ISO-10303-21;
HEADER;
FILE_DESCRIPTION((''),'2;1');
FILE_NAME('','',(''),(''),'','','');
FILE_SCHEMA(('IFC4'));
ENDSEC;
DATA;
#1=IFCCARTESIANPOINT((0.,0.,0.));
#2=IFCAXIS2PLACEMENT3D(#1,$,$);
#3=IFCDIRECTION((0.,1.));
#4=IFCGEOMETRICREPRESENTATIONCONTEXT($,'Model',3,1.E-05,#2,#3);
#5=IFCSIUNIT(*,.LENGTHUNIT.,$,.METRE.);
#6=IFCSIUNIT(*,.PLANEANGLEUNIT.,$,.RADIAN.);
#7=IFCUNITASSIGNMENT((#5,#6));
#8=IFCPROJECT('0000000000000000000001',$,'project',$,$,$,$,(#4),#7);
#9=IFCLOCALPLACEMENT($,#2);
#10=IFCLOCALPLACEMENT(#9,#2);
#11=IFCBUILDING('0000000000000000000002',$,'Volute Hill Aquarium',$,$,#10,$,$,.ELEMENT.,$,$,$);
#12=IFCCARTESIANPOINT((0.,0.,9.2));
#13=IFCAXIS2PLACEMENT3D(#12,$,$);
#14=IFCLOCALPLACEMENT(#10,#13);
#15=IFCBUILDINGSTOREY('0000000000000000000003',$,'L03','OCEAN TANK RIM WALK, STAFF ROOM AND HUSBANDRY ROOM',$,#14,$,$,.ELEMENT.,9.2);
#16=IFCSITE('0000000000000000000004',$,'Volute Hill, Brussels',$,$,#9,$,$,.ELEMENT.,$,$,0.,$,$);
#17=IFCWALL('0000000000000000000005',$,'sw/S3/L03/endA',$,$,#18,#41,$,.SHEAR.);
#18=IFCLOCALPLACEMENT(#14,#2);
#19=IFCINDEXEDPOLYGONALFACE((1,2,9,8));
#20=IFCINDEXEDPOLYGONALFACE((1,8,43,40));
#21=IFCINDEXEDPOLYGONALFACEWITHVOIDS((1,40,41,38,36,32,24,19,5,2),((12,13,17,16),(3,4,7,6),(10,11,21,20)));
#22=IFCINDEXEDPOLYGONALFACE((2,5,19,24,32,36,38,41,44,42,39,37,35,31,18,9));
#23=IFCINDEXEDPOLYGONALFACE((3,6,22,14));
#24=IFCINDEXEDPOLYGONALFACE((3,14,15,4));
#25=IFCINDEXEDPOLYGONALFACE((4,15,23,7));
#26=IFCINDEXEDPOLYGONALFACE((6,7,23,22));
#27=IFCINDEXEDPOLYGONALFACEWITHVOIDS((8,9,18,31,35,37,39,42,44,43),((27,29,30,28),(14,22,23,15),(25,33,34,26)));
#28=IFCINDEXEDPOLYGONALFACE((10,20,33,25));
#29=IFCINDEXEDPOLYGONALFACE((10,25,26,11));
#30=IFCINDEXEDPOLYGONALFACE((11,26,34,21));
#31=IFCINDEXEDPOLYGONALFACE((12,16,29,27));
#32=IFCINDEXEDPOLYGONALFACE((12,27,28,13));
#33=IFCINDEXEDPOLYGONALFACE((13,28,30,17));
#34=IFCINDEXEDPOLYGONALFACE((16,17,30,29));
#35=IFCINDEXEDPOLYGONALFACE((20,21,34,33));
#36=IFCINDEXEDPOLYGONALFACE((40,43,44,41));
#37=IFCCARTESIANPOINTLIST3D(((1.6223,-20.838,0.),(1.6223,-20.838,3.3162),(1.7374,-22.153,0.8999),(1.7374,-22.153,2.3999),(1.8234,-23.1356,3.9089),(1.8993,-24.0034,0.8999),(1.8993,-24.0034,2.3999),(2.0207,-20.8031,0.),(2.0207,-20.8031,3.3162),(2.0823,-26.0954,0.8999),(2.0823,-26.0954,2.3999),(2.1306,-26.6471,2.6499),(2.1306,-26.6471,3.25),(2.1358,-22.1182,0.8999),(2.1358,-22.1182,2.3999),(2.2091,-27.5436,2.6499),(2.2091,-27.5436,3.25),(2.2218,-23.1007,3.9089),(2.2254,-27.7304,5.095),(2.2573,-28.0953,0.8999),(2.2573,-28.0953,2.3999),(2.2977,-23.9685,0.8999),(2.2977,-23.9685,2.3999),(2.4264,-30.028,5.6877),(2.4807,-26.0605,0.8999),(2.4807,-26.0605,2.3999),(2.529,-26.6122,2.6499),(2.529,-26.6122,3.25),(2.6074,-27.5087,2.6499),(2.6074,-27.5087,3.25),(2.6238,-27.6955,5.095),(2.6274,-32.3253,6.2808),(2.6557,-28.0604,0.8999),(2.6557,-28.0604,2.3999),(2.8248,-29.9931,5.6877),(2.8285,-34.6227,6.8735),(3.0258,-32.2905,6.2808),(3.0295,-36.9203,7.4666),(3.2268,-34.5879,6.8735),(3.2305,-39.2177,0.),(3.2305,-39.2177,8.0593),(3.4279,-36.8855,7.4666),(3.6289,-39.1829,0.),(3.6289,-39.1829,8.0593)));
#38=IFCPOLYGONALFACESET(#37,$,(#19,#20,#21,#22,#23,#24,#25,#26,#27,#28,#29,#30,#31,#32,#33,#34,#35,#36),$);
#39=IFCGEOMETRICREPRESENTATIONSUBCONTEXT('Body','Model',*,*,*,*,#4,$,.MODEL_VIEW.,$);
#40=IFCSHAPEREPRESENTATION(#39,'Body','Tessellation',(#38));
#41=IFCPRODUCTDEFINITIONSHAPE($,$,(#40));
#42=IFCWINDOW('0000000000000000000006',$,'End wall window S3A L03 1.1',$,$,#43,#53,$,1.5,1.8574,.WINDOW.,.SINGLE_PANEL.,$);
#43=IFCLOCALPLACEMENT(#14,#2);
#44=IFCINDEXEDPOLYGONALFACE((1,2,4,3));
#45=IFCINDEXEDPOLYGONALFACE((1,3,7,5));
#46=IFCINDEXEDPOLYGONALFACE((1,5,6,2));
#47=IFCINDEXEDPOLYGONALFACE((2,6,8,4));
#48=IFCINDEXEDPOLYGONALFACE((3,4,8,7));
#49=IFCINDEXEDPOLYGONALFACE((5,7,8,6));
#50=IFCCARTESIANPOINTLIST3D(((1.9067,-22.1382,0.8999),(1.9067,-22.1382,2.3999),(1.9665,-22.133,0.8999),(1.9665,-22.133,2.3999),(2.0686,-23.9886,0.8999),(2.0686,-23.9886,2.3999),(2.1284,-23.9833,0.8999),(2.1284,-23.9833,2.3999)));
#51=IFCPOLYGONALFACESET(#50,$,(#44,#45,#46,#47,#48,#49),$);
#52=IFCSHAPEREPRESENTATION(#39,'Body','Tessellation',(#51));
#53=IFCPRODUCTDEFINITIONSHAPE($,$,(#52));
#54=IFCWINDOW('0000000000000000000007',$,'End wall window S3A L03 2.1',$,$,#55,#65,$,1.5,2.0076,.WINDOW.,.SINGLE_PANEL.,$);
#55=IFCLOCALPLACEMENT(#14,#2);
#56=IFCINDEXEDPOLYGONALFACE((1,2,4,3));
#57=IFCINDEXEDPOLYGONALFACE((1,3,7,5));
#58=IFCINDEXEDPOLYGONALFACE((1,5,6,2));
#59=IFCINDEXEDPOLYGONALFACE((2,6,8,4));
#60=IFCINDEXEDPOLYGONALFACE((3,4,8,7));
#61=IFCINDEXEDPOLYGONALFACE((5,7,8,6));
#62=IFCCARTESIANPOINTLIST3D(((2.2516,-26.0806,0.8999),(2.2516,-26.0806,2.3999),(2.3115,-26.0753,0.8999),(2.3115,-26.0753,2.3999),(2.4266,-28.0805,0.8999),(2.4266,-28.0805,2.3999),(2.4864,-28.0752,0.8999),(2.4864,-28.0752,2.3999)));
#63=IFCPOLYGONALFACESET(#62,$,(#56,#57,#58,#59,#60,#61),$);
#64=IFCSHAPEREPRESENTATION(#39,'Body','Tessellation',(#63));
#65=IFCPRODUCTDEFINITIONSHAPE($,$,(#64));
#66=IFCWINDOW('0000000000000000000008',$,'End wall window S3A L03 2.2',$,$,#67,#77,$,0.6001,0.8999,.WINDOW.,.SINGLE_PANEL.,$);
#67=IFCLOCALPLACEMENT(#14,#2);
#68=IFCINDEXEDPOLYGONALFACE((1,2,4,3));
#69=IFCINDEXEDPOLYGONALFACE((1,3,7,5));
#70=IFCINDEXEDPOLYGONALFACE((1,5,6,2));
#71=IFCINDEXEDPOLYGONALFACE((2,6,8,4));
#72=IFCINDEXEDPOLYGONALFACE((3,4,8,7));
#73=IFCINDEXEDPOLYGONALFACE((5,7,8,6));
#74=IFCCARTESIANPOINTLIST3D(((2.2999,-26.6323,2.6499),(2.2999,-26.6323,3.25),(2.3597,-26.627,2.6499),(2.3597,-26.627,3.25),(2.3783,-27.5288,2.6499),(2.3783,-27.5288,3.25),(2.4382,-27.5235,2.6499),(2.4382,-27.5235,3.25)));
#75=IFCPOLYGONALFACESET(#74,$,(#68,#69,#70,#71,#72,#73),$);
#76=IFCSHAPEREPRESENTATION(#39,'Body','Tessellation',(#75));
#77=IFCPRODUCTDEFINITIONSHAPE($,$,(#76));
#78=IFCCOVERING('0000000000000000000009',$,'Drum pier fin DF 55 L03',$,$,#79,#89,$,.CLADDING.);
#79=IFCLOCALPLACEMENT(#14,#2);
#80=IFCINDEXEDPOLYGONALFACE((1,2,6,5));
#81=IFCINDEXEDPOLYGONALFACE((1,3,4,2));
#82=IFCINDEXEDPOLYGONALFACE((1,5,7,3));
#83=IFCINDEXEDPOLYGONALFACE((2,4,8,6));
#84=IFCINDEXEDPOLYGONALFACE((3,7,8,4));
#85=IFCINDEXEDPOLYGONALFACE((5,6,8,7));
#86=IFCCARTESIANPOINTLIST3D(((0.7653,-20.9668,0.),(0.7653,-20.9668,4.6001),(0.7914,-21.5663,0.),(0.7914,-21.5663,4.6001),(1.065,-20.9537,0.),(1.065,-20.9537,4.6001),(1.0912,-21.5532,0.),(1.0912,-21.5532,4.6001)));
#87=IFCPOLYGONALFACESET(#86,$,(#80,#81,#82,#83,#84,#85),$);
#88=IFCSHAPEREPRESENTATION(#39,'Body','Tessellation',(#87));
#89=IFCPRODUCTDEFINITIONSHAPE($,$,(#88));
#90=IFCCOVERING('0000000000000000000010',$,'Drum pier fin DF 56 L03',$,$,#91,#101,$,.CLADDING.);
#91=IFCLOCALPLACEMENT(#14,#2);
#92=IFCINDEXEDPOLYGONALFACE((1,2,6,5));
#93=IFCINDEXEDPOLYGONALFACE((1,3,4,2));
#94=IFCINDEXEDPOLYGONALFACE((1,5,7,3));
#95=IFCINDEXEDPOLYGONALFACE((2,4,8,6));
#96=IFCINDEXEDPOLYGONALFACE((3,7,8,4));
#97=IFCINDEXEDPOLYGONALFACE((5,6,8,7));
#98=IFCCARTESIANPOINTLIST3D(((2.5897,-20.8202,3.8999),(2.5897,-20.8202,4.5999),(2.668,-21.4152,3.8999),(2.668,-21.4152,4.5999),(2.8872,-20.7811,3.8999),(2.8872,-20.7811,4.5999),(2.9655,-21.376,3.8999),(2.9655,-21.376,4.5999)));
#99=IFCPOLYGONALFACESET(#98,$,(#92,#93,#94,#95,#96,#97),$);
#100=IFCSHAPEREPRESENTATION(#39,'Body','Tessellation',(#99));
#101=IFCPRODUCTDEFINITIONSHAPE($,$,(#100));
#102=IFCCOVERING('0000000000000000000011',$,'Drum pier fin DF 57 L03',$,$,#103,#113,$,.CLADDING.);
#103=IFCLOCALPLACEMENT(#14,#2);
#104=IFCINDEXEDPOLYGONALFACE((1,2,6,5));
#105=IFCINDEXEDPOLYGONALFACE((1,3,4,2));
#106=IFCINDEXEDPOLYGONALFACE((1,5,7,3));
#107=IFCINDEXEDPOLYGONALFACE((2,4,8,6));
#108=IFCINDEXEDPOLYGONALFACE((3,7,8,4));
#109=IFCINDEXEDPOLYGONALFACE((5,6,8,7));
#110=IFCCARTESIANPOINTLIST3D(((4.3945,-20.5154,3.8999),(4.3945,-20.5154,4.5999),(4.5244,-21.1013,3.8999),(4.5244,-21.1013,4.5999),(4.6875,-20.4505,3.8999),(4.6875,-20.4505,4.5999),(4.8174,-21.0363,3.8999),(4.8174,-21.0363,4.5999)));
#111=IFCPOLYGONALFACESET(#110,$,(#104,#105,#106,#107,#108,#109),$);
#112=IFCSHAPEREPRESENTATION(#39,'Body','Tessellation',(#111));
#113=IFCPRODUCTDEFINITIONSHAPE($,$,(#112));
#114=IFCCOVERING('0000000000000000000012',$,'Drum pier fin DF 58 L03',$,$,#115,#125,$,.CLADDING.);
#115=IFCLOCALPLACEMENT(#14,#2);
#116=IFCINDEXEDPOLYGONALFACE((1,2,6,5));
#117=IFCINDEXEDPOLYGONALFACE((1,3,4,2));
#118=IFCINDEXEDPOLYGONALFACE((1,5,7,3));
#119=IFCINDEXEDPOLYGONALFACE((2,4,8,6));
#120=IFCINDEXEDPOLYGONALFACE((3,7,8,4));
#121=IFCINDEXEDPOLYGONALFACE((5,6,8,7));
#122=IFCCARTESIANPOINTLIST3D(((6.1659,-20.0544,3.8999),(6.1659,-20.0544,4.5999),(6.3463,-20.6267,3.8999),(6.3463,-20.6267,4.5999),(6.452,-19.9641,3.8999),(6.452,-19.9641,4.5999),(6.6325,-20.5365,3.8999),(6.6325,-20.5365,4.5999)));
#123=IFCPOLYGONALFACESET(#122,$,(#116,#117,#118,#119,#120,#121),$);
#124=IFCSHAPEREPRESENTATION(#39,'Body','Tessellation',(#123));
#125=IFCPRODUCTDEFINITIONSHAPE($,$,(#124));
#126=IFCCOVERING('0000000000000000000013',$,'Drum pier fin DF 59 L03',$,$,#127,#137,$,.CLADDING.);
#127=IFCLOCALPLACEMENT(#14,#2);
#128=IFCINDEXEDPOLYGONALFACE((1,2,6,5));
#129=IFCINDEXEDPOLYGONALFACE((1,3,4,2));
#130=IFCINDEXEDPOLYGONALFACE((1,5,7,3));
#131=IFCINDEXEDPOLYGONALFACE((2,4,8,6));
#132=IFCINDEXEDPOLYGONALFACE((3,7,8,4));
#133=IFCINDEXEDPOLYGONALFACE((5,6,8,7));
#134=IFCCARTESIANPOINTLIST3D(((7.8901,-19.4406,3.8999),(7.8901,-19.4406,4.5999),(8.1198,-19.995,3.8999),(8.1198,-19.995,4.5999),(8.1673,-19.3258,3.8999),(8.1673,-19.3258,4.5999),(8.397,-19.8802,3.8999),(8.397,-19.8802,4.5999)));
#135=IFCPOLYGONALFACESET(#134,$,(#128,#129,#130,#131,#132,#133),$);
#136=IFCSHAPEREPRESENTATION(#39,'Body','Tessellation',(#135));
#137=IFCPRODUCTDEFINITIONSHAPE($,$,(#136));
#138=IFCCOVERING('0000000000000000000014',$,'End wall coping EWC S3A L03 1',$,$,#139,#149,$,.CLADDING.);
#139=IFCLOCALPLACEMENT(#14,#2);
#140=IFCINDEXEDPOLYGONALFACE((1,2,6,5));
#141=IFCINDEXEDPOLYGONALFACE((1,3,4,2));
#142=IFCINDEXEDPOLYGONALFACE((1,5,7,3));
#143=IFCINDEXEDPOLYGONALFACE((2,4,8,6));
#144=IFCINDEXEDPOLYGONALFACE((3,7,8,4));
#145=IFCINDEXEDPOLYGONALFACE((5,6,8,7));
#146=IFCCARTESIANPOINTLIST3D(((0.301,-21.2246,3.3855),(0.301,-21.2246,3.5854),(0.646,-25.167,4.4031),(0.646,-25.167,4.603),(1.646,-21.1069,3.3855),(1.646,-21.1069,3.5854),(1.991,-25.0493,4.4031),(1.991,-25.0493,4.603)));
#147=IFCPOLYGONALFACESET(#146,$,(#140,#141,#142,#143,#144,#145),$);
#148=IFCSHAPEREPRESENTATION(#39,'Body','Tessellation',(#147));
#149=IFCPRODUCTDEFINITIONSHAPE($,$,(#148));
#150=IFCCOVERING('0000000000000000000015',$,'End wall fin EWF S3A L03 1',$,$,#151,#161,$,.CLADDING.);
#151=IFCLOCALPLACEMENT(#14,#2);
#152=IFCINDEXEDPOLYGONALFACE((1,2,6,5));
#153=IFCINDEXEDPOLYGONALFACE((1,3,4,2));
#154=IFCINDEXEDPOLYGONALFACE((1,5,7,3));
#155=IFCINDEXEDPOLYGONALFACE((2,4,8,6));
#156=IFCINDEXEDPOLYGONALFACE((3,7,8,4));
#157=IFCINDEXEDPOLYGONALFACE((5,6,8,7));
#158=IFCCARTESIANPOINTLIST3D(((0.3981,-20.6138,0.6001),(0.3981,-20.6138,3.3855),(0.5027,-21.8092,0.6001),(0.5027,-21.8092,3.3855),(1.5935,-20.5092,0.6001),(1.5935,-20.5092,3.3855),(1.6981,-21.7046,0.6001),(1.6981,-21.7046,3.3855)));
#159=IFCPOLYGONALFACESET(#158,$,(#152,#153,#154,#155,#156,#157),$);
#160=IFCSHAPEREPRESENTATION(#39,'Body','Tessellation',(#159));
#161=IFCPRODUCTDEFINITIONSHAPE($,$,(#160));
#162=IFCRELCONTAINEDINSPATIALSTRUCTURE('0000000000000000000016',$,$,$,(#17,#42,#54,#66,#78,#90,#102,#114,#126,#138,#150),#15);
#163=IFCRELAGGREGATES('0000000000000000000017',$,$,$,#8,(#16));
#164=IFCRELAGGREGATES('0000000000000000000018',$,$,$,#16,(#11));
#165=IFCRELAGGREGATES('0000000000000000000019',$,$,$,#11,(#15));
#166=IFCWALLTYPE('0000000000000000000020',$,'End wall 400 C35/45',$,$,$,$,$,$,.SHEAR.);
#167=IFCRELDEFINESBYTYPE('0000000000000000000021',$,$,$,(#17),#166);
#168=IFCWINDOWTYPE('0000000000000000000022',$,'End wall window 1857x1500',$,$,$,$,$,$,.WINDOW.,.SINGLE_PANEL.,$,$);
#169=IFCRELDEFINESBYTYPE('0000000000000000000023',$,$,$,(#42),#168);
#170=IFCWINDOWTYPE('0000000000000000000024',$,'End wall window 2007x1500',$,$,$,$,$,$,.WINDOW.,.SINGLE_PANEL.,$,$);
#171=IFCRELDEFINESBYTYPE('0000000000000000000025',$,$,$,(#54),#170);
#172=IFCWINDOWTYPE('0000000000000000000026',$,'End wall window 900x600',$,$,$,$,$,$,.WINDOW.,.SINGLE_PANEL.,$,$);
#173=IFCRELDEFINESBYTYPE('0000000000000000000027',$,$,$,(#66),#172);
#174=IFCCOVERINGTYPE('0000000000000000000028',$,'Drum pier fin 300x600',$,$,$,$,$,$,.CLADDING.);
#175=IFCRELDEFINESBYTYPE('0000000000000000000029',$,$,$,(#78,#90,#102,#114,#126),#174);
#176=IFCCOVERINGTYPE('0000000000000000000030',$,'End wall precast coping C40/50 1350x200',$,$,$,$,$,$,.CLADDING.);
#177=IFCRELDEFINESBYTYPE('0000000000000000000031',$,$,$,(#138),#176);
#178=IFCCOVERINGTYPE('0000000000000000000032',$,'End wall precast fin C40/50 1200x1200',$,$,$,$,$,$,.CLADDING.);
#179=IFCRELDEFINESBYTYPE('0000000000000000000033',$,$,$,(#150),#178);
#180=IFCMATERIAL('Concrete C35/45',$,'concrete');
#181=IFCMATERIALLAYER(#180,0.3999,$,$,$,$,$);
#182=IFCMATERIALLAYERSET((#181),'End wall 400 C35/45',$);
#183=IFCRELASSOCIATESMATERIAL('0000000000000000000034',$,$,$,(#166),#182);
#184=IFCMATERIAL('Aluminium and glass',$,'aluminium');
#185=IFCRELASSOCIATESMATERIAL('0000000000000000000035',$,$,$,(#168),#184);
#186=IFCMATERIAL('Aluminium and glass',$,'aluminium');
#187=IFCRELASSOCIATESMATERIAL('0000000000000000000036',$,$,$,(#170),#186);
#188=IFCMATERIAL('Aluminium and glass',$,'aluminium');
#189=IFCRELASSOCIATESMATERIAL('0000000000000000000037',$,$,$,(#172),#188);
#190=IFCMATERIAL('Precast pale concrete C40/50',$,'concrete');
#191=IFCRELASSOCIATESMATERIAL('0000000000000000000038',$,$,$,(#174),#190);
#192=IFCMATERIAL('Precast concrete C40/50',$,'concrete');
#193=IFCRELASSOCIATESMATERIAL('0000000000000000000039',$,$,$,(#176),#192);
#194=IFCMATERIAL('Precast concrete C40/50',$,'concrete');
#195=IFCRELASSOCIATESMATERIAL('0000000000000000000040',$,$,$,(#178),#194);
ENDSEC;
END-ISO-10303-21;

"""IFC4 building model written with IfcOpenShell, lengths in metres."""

from ifc_helpers import new_model, si_unit, direction, frame, frame_2d, origin, origin_2d, place, context, subcontext, project, spatial, polyline, rectangle, outline, extrude, material, layer, layer_set, type_object, element, fill, save


model = new_model("IFC4")

# Units and contexts
model_context = context("Model", 3, precision=1e-05, world=origin(), true_north=direction((0.0, 1.0)))
body_context = subcontext(model_context, "Body", "Model", "MODEL_VIEW")
ifc_project = project(units=[si_unit("LENGTHUNIT", "METRE"), si_unit("PLANEANGLEUNIT", "RADIAN")], contexts=[model_context])

# Site, building, storey
site_placement = place(None, origin())
site = spatial("IfcSite", under=ifc_project, at=site_placement, Name="Volute Hill, Brussels", CompositionType="ELEMENT", RefElevation=0.0)
building_placement = place(site_placement, origin())
building = spatial("IfcBuilding", under=site, at=building_placement, Name="Volute Hill Aquarium", CompositionType="ELEMENT")
storey_placement = place(building_placement, frame((0.0, 0.0, 9.2)))
storey = spatial("IfcBuildingStorey", under=building, at=storey_placement, Name="L03", Description="OCEAN TANK RIM WALK, STAFF ROOM AND HUSBANDRY ROOM", CompositionType="ELEMENT", Elevation=9.2)

# Wall, openings, windows
ifc_material_1 = material(Name="Concrete C35/45", Category="concrete")
ifc_layer_1 = layer(ifc_material_1, 0.3999)
ifc_layer_set_1 = layer_set([ifc_layer_1], Name="End wall 400 C35/45")
wall_type_1 = type_object("IfcWallType", Name="End wall 400 C35/45", PredefinedType="SHEAR", material=ifc_layer_set_1)
wall_1_placement = place(storey_placement, frame((1.8215, -20.8206, 0.0), z_axis=(0.0, 0.0, 1.0), x_axis=(0.087164, -0.996194, 0.0)))
wall_1 = element("IfcWall", 1, at=wall_1_placement, inside=storey, type_object=wall_type_1, Name="sw/S3/L03/endA", PredefinedType="SHEAR", context=body_context, shape_type="SweptSolid", body=[
    extrude(outline(polyline([(0.0, 0.0), (18.45, 0.0), (18.45, 8.0593), (16.1438, 7.4666), (13.8374, 6.8735), (11.5312, 6.2808), (9.2251, 5.6877), (6.9187, 5.095), (4.6125, 4.502), (2.3064, 3.9089), (0.0, 3.3162), (0.0, 0.0)])), frame((0.0, 0.2, 0.0), z_axis=(0.0, -1.0, 0.0), x_axis=(1.0, 0.0, 0.0)), (0.0, 0.0, 1.0), 0.3999),
])
opening_1_placement = place(wall_1_placement, frame((1.3201, 0.0, 0.8999)))
opening_1 = element("IfcOpeningElement", 2, at=opening_1_placement, cuts=wall_1, PredefinedType="OPENING", context=body_context, shape_type="SweptSolid", body=[
    extrude(rectangle(XDim=1.8574, YDim=1.5, at=frame_2d((0.9287, 0.75))), frame((0.0, 0.21, 0.0), z_axis=(0.0, -1.0, 0.0), x_axis=(1.0, 0.0, 0.0)), (0.0, 0.0, 1.0), 0.4199),
])
opening_2_placement = place(wall_1_placement, frame((5.2773, 0.0, 0.8999)))
opening_2 = element("IfcOpeningElement", 3, at=opening_2_placement, cuts=wall_1, PredefinedType="OPENING", context=body_context, shape_type="SweptSolid", body=[
    extrude(rectangle(XDim=2.0076, YDim=1.5, at=frame_2d((1.0039, 0.75))), frame((0.0, 0.21, 0.0), z_axis=(0.0, -1.0, 0.0), x_axis=(1.0, 0.0, 0.0)), (0.0, 0.0, 1.0), 0.4199),
])
opening_3_placement = place(wall_1_placement, frame((5.8313, 0.0, 2.6499)))
opening_3 = element("IfcOpeningElement", 4, at=opening_3_placement, cuts=wall_1, PredefinedType="OPENING", context=body_context, shape_type="SweptSolid", body=[
    extrude(rectangle(XDim=0.8999, YDim=0.6001, at=frame_2d((0.45, 0.3))), frame((0.0, 0.21, 0.0), z_axis=(0.0, -1.0, 0.0), x_axis=(1.0, 0.0, 0.0)), (0.0, 0.0, 1.0), 0.4199),
])
ifc_material_2 = material(Name="Aluminium and glass", Category="aluminium")
window_type_1 = type_object("IfcWindowType", Name="End wall window 1857x1500", PartitioningType="SINGLE_PANEL", PredefinedType="WINDOW", material=ifc_material_2)
window_1_placement = place(opening_1_placement, origin())
window_1 = element("IfcWindow", 5, at=window_1_placement, inside=storey, type_object=window_type_1, Name="End wall window S3A L03 1.1", OverallHeight=1.5, OverallWidth=1.8574, PartitioningType="SINGLE_PANEL", PredefinedType="WINDOW", context=body_context, shape_type="SweptSolid", body=[
    extrude(rectangle(XDim=1.8574, YDim=1.5, at=frame_2d((0.9287, 0.75))), frame((0.0, 0.03, 0.0), z_axis=(0.0, -1.0, 0.0), x_axis=(1.0, 0.0, 0.0)), (0.0, 0.0, 1.0), 0.0601),
])
fill(opening_1, window_1)
ifc_material_3 = material(Name="Aluminium and glass", Category="aluminium")
window_type_2 = type_object("IfcWindowType", Name="End wall window 2007x1500", PartitioningType="SINGLE_PANEL", PredefinedType="WINDOW", material=ifc_material_3)
window_2_placement = place(opening_2_placement, origin())
window_2 = element("IfcWindow", 6, at=window_2_placement, inside=storey, type_object=window_type_2, Name="End wall window S3A L03 2.1", OverallHeight=1.5, OverallWidth=2.0076, PartitioningType="SINGLE_PANEL", PredefinedType="WINDOW", context=body_context, shape_type="SweptSolid", body=[
    extrude(rectangle(XDim=2.0076, YDim=1.5, at=frame_2d((1.0039, 0.75))), frame((0.0, 0.03, 0.0), z_axis=(0.0, -1.0, 0.0), x_axis=(1.0, 0.0, 0.0)), (0.0, 0.0, 1.0), 0.0601),
])
fill(opening_2, window_2)
ifc_material_4 = material(Name="Aluminium and glass", Category="aluminium")
window_type_3 = type_object("IfcWindowType", Name="End wall window 900x600", PartitioningType="SINGLE_PANEL", PredefinedType="WINDOW", material=ifc_material_4)
window_3_placement = place(opening_3_placement, origin())
window_3 = element("IfcWindow", 7, at=window_3_placement, inside=storey, type_object=window_type_3, Name="End wall window S3A L03 2.2", OverallHeight=0.6001, OverallWidth=0.8999, PartitioningType="SINGLE_PANEL", PredefinedType="WINDOW", context=body_context, shape_type="SweptSolid", body=[
    extrude(rectangle(XDim=0.8999, YDim=0.6001, at=frame_2d((0.45, 0.3))), frame((0.0, 0.03, 0.0), z_axis=(0.0, -1.0, 0.0), x_axis=(1.0, 0.0, 0.0)), (0.0, 0.0, 1.0), 0.0601),
])
fill(opening_3, window_3)

# Coverings
ifc_material_5 = material(Name="Precast pale concrete C40/50", Category="concrete")
covering_type_1 = type_object("IfcCoveringType", Name="Drum pier fin 300x600", PredefinedType="CLADDING", material=ifc_material_5)
covering_1_placement = place(storey_placement, frame((0.9282, -21.26, 0.0), z_axis=(0.0, 0.0, 1.0), x_axis=(0.999048, 0.043619, 0.0)))
element("IfcCovering", 8, at=covering_1_placement, inside=storey, type_object=covering_type_1, Name="Drum pier fin DF 55 L03", PredefinedType="CLADDING", context=body_context, shape_type="SweptSolid", body=[
    extrude(rectangle(XDim=0.3, YDim=0.6001, at=origin_2d()), origin(), (0.0, 0.0, 1.0), 4.6001),
])
for number, where, z_axis, x_axis, name in (
    (9, (2.7776, -21.0981, 3.8999), (0.0, 0.0, 1.0), (0.991445, 0.130526, 0.0), "Drum pier fin DF 56 L03"),
    (10, (4.606, -20.7759, 3.8999), (0.0, 0.0, 1.0), (0.976296, 0.21644, 0.0), "Drum pier fin DF 57 L03"),
    (11, (6.3992, -20.2954, 3.8999), (0.0, 0.0, 1.0), (0.953717, 0.300706, 0.0), "Drum pier fin DF 58 L03"),
    (12, (8.1436, -19.6604, 3.8999), (0.0, 0.0, 1.0), (0.92388, 0.382683, 0.0), "Drum pier fin DF 59 L03"),
):
    element("IfcCovering", number, at=place(storey_placement, frame(where, z_axis=z_axis, x_axis=x_axis)), inside=storey, type_object=covering_type_1, Name=name, PredefinedType="CLADDING", context=body_context, shape_type="SweptSolid", body=[
        extrude(rectangle(XDim=0.3, YDim=0.6001, at=origin_2d()), origin(), (0.0, 0.0, 1.0), 0.7),
    ])
ifc_material_6 = material(Name="Precast concrete C40/50", Category="concrete")
covering_type_2 = type_object("IfcCoveringType", Name="End wall precast coping C40/50 1350x200", PredefinedType="CLADDING", material=ifc_material_6)
covering_2_placement = place(storey_placement, frame((0.301, -21.2246, 3.3855), z_axis=(-0.996193, -0.08717, 0.0), x_axis=(0.084424, -0.964809, 0.249029)))
element("IfcCovering", 13, at=covering_2_placement, inside=storey, type_object=covering_type_2, Name="End wall coping EWC S3A L03 1", PredefinedType="CLADDING", context=body_context, shape_type="SweptSolid", body=[
    extrude(outline(polyline([(0.0, 0.0), (4.0862, 0.0), (4.136, 0.1937), (0.0498, 0.1937), (0.0, 0.0)])), origin(), (0.0, 0.0, -1.0), 1.3501),
])
ifc_material_7 = material(Name="Precast concrete C40/50", Category="concrete")
covering_type_3 = type_object("IfcCoveringType", Name="End wall precast fin C40/50 1200x1200", PredefinedType="CLADDING", material=ifc_material_7)
covering_3_placement = place(storey_placement, frame((1.0481, -21.1592, 0.6001), z_axis=(0.0, 0.0, 1.0), x_axis=(0.087154, -0.996195, 0.0)))
element("IfcCovering", 14, at=covering_3_placement, inside=storey, type_object=covering_type_3, Name="End wall fin EWF S3A L03 1", PredefinedType="CLADDING", context=body_context, shape_type="SweptSolid", body=[
    extrude(rectangle(XDim=1.2, YDim=1.2, at=origin_2d()), origin(), (0.0, 0.0, 1.0), 2.7854),
])

save(model, "model.ifc")
